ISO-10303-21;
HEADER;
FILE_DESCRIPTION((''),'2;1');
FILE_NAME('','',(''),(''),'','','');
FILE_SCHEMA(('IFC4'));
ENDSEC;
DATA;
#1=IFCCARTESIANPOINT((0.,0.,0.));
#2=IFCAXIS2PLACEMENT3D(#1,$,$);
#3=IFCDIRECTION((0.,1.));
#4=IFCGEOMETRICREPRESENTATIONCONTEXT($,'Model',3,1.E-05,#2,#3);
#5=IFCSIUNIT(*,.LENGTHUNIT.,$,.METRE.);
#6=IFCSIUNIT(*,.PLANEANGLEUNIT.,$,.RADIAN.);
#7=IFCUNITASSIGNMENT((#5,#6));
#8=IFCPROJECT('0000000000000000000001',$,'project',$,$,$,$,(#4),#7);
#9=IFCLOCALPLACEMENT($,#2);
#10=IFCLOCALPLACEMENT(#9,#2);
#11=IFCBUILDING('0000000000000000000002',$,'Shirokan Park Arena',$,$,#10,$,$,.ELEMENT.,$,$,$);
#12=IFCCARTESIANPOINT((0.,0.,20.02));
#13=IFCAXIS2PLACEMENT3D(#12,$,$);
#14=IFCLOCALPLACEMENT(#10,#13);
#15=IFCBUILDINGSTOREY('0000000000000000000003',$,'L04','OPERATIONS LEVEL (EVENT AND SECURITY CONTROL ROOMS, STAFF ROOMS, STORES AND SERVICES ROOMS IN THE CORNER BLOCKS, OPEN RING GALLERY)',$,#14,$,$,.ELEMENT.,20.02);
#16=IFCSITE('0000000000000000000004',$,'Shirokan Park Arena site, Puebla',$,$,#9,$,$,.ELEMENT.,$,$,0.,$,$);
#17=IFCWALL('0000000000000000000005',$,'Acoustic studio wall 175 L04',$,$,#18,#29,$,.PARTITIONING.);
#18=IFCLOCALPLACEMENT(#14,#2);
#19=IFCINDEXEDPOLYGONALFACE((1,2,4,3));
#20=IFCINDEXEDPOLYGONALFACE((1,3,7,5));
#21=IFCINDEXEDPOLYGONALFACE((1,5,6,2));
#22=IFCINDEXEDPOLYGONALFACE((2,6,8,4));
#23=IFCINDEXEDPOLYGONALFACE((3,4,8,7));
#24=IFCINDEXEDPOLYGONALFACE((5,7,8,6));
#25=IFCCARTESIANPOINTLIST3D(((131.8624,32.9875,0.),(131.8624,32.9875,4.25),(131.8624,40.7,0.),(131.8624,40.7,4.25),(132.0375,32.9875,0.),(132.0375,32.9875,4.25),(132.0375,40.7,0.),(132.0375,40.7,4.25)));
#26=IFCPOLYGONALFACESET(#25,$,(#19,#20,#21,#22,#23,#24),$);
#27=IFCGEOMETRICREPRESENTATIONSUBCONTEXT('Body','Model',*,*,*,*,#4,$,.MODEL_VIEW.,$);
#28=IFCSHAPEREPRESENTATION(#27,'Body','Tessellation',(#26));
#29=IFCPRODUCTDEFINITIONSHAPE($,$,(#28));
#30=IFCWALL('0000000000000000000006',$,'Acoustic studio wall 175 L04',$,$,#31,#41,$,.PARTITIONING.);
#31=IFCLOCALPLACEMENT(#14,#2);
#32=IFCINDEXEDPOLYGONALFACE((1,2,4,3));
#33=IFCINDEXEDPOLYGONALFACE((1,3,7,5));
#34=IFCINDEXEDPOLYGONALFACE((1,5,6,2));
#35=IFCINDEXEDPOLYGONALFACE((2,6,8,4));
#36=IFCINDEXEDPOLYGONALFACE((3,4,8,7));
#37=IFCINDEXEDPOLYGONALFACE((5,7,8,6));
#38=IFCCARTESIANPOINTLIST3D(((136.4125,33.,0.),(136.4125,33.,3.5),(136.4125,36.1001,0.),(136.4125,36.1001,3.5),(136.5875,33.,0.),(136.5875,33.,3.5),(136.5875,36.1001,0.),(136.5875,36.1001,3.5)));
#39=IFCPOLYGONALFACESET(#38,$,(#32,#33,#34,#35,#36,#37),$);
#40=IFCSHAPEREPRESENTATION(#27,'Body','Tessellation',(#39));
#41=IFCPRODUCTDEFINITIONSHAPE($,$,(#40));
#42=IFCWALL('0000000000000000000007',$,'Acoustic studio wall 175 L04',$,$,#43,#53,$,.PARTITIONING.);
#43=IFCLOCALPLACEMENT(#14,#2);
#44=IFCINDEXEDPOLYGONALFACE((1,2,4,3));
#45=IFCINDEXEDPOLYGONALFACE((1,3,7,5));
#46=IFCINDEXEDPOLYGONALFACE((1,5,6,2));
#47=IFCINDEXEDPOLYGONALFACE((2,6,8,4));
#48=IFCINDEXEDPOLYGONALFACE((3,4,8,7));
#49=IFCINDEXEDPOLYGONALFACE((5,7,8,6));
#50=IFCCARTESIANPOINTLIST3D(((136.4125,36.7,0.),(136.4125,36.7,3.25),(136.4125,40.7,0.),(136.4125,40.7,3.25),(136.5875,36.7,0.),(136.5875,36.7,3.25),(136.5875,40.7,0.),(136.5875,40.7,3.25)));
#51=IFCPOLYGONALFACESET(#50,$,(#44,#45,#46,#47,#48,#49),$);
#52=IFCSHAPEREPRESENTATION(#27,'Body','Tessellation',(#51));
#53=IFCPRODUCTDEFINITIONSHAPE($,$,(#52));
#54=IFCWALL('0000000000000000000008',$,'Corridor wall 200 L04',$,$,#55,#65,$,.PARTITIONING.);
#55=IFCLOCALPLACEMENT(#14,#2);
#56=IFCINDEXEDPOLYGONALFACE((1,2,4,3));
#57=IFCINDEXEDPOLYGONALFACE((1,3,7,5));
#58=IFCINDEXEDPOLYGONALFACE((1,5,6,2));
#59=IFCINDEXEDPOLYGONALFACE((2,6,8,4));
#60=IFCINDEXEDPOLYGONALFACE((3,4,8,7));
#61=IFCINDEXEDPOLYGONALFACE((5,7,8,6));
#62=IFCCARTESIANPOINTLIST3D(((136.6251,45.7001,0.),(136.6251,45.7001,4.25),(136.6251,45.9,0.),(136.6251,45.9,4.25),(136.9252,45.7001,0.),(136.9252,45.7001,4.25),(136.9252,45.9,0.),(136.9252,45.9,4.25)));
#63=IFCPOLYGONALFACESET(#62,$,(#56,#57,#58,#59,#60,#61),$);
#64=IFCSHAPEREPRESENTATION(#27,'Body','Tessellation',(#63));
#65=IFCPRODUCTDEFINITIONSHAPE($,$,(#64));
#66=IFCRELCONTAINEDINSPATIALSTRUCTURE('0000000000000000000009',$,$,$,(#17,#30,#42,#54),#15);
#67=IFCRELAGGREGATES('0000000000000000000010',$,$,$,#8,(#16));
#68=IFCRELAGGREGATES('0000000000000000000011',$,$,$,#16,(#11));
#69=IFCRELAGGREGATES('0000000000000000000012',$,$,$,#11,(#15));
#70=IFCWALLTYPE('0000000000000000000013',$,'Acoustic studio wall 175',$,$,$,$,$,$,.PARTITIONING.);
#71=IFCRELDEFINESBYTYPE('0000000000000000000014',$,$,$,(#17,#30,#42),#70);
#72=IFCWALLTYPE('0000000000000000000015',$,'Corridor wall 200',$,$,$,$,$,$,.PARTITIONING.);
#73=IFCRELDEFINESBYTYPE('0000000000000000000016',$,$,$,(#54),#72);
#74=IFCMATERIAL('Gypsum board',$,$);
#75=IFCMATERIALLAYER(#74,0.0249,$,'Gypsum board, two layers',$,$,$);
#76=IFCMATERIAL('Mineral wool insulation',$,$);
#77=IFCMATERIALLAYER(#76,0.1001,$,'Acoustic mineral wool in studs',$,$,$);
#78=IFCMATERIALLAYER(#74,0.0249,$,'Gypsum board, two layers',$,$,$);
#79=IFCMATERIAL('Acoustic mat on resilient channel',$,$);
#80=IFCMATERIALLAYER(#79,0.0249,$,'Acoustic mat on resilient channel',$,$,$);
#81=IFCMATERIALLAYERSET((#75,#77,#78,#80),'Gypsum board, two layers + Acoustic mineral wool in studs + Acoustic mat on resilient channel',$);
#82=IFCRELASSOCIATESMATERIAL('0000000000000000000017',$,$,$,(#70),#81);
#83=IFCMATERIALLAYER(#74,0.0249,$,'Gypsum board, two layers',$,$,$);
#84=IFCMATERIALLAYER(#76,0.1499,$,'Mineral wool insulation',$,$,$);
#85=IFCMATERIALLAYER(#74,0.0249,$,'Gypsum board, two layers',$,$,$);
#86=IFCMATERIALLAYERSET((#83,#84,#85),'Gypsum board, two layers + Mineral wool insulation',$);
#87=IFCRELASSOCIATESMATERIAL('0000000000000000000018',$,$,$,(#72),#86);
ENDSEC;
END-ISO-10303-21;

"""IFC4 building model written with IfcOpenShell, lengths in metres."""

from ifc_helpers import new_model, si_unit, direction, frame, frame_2d, origin, place, context, subcontext, project, spatial, rectangle, extrude, material, layer, layer_set, type_object, element, save


model = new_model("IFC4")

# Units and contexts
model_context = context("Model", 3, precision=1e-05, world=origin(), true_north=direction((0.0, 1.0)))
body_context = subcontext(model_context, "Body", "Model", "MODEL_VIEW")
ifc_project = project(units=[si_unit("LENGTHUNIT", "METRE"), si_unit("PLANEANGLEUNIT", "RADIAN")], contexts=[model_context])

# Site, building, storey
site_placement = place(None, origin())
site = spatial("IfcSite", under=ifc_project, at=site_placement, Name="Shirokan Park Arena site, Puebla", CompositionType="ELEMENT", RefElevation=0.0)
building_placement = place(site_placement, origin())
building = spatial("IfcBuilding", under=site, at=building_placement, Name="Shirokan Park Arena", CompositionType="ELEMENT")
storey_placement = place(building_placement, frame((0.0, 0.0, 20.02)))
storey = spatial("IfcBuildingStorey", under=building, at=storey_placement, Name="L04", Description="OPERATIONS LEVEL (EVENT AND SECURITY CONTROL ROOMS, STAFF ROOMS, STORES AND SERVICES ROOMS IN THE CORNER BLOCKS, OPEN RING GALLERY)", CompositionType="ELEMENT", Elevation=20.02)

# Walls
ifc_material_1 = material(Name="Gypsum board")
ifc_layer_1 = layer(ifc_material_1, 0.0249, Name="Gypsum board, two layers")
ifc_material_2 = material(Name="Mineral wool insulation")
ifc_layer_2 = layer(ifc_material_2, 0.1001, Name="Acoustic mineral wool in studs")
ifc_layer_3 = layer(ifc_material_1, 0.0249, Name="Gypsum board, two layers")
ifc_material_3 = material(Name="Acoustic mat on resilient channel")
ifc_layer_4 = layer(ifc_material_3, 0.0249, Name="Acoustic mat on resilient channel")
ifc_layer_set_1 = layer_set([ifc_layer_1, ifc_layer_2, ifc_layer_3, ifc_layer_4], Name="Gypsum board, two layers + Acoustic mineral wool in studs + Acoustic mat on resilient channel")
wall_type_1 = type_object("IfcWallType", Name="Acoustic studio wall 175", PredefinedType="PARTITIONING", material=ifc_layer_set_1)
wall_1_placement = place(storey_placement, frame((131.95, 32.9875, 0.0), z_axis=(0.0, 0.0, 1.0), x_axis=(0.0, 1.0, 0.0)))
element("IfcWall", 1, at=wall_1_placement, inside=storey, type_object=wall_type_1, Name="Acoustic studio wall 175 L04", PredefinedType="PARTITIONING", context=body_context, shape_type="SweptSolid", body=[
    extrude(rectangle(XDim=7.7124, YDim=0.175, at=frame_2d((3.8562, 0.0))), origin(), (0.0, 0.0, 1.0), 4.25),
])
wall_2_placement = place(storey_placement, frame((136.5, 36.1001, 0.0), z_axis=(0.0, 0.0, 1.0), x_axis=(0.0, -1.0, 0.0)))
element("IfcWall", 2, at=wall_2_placement, inside=storey, type_object=wall_type_1, Name="Acoustic studio wall 175 L04", PredefinedType="PARTITIONING", context=body_context, shape_type="SweptSolid", body=[
    extrude(rectangle(XDim=3.1001, YDim=0.175, at=frame_2d((1.55, 0.0))), origin(), (0.0, 0.0, 1.0), 3.5),
])
wall_3_placement = place(storey_placement, frame((136.5, 40.7, 0.0), z_axis=(0.0, 0.0, 1.0), x_axis=(0.0, -1.0, 0.0)))
element("IfcWall", 3, at=wall_3_placement, inside=storey, type_object=wall_type_1, Name="Acoustic studio wall 175 L04", PredefinedType="PARTITIONING", context=body_context, shape_type="SweptSolid", body=[
    extrude(rectangle(XDim=4.0, YDim=0.175, at=frame_2d((2.0, 0.0))), origin(), (0.0, 0.0, 1.0), 3.25),
])

# Shared definitions
ifc_layer_5 = layer(ifc_material_1, 0.0249, Name="Gypsum board, two layers")
ifc_layer_6 = layer(ifc_material_2, 0.1499, Name="Mineral wool insulation")
ifc_layer_7 = layer(ifc_material_1, 0.0249, Name="Gypsum board, two layers")
ifc_layer_set_2 = layer_set([ifc_layer_5, ifc_layer_6, ifc_layer_7], Name="Gypsum board, two layers + Mineral wool insulation")
wall_type_2 = type_object("IfcWallType", Name="Corridor wall 200", PredefinedType="PARTITIONING", material=ifc_layer_set_2)

# Wall
wall_4_placement = place(storey_placement, frame((136.925, 45.8, 0.0), z_axis=(0.0, 0.0, 1.0), x_axis=(-1.0, 0.0, 0.0)))
element("IfcWall", 4, at=wall_4_placement, inside=storey, type_object=wall_type_2, Name="Corridor wall 200 L04", PredefinedType="PARTITIONING", context=body_context, shape_type="SweptSolid", body=[
    extrude(rectangle(XDim=0.3, YDim=0.2, at=frame_2d((0.1499, 0.0))), origin(), (0.0, 0.0, 1.0), 4.25),
])

save(model, "model.ifc")
